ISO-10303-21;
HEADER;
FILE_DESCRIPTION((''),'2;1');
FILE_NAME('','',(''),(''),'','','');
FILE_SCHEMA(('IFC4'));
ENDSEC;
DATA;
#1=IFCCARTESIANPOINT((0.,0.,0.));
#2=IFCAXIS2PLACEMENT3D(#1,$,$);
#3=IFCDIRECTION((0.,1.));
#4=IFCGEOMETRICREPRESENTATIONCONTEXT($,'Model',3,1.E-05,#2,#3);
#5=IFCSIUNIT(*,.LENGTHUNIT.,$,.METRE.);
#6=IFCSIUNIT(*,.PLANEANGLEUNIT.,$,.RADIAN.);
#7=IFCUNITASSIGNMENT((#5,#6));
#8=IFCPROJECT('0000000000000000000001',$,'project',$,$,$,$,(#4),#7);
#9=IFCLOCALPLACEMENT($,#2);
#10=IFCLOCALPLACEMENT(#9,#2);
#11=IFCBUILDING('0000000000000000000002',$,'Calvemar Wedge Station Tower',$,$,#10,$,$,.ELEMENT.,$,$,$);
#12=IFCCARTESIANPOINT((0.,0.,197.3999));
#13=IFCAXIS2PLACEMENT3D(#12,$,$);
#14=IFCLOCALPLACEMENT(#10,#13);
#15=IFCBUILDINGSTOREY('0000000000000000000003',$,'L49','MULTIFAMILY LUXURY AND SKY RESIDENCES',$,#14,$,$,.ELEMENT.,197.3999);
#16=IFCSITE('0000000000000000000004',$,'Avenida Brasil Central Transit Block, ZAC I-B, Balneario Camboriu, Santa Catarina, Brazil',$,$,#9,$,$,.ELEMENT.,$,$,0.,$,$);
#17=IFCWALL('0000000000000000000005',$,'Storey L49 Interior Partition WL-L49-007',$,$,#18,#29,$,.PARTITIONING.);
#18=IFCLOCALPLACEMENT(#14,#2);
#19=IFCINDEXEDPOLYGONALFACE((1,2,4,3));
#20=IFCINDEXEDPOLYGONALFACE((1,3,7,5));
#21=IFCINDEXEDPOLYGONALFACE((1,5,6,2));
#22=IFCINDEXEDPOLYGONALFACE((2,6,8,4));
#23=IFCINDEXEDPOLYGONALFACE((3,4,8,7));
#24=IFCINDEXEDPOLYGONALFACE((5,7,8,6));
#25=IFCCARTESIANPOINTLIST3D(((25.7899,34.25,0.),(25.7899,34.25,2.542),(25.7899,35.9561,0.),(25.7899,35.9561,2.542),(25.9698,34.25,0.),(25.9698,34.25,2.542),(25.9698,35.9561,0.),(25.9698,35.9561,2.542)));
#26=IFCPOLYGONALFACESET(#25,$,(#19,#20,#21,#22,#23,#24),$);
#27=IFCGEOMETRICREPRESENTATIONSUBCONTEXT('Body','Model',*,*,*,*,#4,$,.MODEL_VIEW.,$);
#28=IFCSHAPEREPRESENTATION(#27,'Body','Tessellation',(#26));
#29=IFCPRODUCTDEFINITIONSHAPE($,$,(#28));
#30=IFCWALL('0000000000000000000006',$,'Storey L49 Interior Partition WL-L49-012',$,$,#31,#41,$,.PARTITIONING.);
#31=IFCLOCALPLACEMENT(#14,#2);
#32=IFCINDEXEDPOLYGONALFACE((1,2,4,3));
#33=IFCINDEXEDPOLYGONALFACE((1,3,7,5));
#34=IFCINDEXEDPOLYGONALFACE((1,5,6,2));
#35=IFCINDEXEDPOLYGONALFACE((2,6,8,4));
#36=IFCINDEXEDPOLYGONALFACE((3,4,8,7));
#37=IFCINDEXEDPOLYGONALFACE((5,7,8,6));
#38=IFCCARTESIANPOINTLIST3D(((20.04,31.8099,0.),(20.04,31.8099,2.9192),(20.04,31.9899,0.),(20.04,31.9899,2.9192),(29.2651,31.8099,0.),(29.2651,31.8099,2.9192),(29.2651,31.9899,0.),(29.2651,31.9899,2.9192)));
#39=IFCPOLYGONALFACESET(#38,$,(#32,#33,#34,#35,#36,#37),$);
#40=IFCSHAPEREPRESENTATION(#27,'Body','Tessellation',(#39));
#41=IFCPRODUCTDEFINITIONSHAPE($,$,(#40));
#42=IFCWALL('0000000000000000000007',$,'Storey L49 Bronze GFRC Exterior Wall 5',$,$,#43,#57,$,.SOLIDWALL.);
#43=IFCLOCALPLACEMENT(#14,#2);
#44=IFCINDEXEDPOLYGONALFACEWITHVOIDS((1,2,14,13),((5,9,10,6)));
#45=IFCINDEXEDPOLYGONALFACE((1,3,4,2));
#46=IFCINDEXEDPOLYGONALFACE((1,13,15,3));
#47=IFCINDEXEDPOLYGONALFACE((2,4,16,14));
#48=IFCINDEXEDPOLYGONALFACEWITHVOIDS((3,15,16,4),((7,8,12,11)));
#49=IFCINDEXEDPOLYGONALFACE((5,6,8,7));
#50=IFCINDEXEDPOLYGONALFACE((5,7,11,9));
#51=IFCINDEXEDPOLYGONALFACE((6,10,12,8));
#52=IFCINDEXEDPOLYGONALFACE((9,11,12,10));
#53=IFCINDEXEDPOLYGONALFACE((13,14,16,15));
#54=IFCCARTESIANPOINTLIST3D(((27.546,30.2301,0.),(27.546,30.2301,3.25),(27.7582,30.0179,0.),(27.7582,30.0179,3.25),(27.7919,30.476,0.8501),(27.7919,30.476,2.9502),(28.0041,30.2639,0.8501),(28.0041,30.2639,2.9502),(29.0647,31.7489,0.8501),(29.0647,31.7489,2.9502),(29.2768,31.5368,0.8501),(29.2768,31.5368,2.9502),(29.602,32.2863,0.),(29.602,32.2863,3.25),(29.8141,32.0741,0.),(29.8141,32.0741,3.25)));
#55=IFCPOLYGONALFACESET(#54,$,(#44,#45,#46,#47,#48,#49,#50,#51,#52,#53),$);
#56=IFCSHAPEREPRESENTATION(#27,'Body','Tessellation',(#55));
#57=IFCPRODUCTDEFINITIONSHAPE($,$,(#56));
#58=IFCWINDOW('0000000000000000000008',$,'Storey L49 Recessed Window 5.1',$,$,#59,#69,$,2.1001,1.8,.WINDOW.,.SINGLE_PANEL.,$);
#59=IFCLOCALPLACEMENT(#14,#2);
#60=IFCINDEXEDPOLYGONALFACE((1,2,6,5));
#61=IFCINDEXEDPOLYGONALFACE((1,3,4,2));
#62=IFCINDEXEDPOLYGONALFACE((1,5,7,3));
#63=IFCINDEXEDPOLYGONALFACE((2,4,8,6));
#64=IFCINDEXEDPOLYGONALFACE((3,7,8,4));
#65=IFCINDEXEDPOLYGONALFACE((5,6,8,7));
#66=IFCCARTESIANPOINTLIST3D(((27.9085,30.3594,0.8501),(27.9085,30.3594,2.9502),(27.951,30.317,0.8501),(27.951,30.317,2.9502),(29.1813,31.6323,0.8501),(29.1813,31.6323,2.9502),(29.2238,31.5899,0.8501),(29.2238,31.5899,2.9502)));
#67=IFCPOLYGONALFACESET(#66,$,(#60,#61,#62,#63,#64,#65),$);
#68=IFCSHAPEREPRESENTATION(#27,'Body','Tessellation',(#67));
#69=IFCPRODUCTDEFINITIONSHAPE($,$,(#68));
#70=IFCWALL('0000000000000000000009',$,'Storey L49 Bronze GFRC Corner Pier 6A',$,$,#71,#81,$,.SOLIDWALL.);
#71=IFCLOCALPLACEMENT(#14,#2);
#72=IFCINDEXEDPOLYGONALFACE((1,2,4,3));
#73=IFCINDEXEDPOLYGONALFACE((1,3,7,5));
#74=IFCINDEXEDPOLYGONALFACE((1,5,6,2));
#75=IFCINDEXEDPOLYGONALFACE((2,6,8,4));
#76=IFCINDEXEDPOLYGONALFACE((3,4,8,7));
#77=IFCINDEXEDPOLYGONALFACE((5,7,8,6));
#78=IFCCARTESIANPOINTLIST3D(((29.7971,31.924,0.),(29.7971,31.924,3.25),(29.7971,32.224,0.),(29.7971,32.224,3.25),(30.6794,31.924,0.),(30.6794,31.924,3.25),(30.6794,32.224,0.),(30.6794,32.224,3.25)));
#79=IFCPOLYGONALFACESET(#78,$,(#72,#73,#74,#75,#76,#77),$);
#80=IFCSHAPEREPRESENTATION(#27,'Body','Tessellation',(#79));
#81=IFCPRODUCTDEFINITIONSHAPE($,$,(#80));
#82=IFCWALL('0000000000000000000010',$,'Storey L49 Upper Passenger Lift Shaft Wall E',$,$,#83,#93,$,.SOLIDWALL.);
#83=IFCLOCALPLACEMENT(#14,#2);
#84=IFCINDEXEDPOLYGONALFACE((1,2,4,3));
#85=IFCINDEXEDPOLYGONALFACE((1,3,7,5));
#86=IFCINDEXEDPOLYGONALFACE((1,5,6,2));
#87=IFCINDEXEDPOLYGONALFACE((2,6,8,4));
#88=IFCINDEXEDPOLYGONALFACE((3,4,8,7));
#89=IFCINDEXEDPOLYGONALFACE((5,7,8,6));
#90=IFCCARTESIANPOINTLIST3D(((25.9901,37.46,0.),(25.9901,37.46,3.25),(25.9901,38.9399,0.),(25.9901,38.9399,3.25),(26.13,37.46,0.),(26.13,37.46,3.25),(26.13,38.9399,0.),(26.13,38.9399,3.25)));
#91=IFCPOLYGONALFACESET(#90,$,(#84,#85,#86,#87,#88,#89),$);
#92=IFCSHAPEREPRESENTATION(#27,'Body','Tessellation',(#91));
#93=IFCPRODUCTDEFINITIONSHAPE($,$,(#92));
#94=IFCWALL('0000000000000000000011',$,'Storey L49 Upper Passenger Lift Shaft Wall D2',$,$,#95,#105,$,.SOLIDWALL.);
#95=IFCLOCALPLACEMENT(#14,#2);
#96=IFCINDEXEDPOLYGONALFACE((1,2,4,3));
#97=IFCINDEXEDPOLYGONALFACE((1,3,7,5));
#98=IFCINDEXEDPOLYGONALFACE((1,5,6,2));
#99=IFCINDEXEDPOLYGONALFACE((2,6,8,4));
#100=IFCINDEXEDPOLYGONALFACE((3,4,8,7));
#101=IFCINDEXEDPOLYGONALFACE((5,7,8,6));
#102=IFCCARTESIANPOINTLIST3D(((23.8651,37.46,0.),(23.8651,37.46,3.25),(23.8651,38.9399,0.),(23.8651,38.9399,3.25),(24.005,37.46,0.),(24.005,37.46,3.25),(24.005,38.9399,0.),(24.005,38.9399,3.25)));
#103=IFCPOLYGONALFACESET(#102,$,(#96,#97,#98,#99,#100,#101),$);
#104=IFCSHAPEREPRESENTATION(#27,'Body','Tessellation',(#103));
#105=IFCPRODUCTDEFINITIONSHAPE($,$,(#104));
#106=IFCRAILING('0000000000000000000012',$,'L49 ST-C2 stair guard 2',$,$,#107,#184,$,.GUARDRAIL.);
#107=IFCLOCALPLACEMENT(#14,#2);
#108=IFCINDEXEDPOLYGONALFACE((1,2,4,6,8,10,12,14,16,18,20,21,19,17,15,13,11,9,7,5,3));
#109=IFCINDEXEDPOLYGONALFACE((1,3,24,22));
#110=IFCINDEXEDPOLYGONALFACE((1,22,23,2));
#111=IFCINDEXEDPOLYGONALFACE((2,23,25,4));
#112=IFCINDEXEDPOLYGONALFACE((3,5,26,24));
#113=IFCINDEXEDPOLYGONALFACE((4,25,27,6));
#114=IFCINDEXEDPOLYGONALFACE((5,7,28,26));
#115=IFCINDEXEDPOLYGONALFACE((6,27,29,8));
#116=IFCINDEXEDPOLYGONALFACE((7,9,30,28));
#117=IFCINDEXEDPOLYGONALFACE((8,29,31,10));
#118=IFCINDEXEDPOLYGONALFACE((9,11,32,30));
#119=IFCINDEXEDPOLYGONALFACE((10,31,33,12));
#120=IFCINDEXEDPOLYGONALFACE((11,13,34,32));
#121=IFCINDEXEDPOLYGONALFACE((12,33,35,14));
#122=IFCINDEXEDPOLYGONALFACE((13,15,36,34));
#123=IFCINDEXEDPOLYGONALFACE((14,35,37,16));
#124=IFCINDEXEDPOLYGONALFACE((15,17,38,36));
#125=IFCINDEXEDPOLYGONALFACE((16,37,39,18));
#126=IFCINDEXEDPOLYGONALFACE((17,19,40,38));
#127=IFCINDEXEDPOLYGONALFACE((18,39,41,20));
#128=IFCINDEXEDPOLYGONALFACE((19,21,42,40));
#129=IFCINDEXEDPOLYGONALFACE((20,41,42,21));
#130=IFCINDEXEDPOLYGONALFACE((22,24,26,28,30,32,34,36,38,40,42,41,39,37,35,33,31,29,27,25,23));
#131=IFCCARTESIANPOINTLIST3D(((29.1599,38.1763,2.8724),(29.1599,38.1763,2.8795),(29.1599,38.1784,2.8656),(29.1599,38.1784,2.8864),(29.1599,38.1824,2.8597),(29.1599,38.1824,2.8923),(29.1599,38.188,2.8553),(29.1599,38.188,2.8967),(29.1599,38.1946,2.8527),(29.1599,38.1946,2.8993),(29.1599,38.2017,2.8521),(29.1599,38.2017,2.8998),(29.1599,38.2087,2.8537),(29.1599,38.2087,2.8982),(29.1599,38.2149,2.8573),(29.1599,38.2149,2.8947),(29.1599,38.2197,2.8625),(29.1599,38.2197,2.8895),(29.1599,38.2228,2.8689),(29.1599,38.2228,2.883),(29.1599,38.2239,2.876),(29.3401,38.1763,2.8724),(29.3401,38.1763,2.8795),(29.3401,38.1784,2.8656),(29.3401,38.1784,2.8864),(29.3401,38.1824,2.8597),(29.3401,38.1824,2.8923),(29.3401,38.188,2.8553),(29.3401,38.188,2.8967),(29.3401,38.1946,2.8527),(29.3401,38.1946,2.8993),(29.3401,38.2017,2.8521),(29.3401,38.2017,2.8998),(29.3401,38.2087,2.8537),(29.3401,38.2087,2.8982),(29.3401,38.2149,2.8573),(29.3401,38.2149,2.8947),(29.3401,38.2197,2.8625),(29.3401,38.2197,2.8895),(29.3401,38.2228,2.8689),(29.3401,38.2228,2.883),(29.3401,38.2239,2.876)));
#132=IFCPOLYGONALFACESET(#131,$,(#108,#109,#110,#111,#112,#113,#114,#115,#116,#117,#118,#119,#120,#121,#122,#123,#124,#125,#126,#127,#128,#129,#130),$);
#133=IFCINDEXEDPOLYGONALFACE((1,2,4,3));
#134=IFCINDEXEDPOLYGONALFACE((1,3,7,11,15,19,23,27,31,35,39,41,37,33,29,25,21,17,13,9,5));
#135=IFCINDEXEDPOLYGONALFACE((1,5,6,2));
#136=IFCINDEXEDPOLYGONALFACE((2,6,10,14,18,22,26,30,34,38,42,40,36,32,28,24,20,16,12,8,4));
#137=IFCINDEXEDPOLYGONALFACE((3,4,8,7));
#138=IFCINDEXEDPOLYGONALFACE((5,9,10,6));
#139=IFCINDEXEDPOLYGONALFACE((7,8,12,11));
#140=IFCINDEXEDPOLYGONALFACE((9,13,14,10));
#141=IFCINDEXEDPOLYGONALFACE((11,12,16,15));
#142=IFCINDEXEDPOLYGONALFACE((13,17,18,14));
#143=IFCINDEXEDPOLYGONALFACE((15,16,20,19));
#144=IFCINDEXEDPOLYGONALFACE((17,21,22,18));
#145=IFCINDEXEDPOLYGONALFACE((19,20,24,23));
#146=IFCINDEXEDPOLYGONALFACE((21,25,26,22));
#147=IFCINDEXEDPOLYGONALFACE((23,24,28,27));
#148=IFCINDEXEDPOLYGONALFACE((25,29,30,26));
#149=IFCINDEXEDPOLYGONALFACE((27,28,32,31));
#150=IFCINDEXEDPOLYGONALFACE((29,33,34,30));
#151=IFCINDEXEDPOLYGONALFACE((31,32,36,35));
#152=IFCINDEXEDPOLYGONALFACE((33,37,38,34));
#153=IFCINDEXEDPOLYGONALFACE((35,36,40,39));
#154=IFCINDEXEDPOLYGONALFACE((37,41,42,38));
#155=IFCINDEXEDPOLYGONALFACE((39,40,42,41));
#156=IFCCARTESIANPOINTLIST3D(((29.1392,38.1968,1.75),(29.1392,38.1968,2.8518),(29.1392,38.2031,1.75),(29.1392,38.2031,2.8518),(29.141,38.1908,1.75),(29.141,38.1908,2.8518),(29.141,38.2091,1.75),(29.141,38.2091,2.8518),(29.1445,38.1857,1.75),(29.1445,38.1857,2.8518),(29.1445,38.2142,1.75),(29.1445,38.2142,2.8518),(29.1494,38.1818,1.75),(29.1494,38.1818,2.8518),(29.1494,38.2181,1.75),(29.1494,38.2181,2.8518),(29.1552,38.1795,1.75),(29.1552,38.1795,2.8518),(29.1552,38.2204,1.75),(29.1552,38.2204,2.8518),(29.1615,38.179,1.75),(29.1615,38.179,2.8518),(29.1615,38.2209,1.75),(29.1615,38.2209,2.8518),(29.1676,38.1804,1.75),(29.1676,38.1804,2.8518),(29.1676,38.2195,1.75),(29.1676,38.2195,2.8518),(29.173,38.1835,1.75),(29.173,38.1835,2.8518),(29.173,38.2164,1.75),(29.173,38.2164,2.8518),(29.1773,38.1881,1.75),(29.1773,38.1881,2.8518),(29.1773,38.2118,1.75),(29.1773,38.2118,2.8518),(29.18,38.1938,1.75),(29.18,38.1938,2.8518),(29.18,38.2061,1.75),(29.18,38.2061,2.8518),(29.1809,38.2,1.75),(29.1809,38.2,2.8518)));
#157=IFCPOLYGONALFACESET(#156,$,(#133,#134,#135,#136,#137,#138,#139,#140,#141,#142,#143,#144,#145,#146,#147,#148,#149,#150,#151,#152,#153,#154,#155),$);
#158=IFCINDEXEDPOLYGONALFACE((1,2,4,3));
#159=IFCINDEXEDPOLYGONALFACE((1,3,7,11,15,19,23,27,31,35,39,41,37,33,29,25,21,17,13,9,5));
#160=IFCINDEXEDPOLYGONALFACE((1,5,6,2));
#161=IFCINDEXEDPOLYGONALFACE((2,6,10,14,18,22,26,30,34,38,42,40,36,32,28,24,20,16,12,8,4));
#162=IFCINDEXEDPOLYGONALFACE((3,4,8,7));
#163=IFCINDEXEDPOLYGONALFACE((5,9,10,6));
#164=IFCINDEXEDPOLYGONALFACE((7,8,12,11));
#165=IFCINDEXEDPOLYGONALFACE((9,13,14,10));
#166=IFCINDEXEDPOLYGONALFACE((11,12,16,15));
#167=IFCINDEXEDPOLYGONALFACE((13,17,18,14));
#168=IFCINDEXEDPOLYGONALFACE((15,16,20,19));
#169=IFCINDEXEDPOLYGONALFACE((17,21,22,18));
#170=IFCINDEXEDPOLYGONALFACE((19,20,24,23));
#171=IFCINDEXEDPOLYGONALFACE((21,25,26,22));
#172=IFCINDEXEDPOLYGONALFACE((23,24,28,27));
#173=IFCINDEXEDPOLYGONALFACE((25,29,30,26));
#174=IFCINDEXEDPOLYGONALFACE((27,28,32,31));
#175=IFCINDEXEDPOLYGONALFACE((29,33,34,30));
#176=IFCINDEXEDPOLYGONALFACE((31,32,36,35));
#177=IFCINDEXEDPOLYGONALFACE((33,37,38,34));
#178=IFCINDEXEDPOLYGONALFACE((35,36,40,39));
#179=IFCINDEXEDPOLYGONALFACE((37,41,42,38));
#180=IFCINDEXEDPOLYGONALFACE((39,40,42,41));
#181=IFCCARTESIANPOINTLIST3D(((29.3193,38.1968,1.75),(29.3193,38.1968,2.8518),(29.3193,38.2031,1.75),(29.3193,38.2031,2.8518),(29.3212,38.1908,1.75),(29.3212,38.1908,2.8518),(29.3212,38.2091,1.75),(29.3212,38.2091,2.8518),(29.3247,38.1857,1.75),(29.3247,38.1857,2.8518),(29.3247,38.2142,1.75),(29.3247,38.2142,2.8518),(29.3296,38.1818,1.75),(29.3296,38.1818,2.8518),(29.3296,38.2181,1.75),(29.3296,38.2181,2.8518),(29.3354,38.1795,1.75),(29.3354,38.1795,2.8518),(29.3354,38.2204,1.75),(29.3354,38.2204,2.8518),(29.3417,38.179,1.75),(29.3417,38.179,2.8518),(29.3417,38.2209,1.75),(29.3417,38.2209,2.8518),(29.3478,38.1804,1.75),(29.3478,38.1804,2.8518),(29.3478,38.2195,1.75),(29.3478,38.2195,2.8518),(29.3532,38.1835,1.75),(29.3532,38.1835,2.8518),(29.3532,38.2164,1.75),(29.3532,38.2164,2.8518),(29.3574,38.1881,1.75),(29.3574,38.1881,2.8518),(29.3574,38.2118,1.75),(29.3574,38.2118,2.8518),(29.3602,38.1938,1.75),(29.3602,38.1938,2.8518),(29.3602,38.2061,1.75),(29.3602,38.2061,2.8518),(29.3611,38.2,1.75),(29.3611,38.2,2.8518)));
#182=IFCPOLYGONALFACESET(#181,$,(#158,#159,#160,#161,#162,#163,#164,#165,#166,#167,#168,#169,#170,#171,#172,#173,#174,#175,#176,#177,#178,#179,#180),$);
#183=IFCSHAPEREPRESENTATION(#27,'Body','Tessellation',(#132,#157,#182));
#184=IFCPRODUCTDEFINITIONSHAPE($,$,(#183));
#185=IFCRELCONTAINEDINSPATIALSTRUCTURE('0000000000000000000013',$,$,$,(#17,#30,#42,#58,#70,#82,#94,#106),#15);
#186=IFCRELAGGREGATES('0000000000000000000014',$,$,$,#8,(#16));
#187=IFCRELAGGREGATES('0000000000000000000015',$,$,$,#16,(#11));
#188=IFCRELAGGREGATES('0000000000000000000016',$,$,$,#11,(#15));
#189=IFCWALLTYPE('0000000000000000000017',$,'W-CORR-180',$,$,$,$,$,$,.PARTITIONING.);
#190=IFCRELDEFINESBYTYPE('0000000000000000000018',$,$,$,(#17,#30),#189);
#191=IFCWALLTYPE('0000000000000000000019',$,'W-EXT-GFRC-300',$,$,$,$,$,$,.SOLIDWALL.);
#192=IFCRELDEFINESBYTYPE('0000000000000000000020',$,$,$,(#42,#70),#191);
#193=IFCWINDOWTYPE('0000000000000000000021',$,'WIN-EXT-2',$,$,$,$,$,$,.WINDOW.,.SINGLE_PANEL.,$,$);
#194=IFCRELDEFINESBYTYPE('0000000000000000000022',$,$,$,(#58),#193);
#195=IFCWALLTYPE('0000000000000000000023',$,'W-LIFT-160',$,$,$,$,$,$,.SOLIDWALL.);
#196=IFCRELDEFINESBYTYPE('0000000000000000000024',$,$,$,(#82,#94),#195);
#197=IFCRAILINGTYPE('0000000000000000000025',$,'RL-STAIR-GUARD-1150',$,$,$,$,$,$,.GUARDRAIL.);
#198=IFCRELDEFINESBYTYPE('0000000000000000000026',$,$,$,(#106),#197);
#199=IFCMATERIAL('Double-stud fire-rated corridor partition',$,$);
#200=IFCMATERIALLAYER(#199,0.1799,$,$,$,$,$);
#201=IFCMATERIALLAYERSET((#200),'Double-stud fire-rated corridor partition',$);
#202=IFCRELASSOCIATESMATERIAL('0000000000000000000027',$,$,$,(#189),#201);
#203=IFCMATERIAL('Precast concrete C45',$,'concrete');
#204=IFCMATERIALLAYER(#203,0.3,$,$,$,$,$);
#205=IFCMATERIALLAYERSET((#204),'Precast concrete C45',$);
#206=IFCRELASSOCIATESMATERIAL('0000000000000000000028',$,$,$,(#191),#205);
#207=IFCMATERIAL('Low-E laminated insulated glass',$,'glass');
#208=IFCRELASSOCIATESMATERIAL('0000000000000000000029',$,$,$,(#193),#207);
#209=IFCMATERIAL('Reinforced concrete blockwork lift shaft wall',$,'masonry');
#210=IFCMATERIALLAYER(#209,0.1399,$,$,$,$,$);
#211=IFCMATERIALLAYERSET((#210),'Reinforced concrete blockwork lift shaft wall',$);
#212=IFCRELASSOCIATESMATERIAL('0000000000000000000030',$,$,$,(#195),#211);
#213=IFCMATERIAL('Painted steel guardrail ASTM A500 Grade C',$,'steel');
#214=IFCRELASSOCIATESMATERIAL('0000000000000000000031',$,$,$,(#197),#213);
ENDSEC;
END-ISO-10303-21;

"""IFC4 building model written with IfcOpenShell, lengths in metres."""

from ifc_helpers import new_model, si_unit, direction, frame, frame_2d, origin, origin_2d, place, context, subcontext, project, spatial, rectangle, circle, extrude, source, transform, mapped, material, layer, layer_set, type_object, element, fill, save


model = new_model("IFC4")

# Units and contexts
model_context = context("Model", 3, precision=1e-05, world=origin(), true_north=direction((0.0, 1.0)))
body_context = subcontext(model_context, "Body", "Model", "MODEL_VIEW")
ifc_project = project(units=[si_unit("LENGTHUNIT", "METRE"), si_unit("PLANEANGLEUNIT", "RADIAN")], contexts=[model_context])

# Site, building, storey
site_placement = place(None, origin())
site = spatial("IfcSite", under=ifc_project, at=site_placement, Name="Avenida Brasil Central Transit Block, ZAC I-B, Balneario Camboriu, Santa Catarina, Brazil", CompositionType="ELEMENT", RefElevation=0.0)
building_placement = place(site_placement, origin())
building = spatial("IfcBuilding", under=site, at=building_placement, Name="Calvemar Wedge Station Tower", CompositionType="ELEMENT")
storey_placement = place(building_placement, frame((0.0, 0.0, 197.3999)))
storey = spatial("IfcBuildingStorey", under=building, at=storey_placement, Name="L49", Description="MULTIFAMILY LUXURY AND SKY RESIDENCES", CompositionType="ELEMENT", Elevation=197.3999)

# Walls
ifc_material_1 = material(Name="Double-stud fire-rated corridor partition")
ifc_layer_1 = layer(ifc_material_1, 0.1799)
ifc_layer_set_1 = layer_set([ifc_layer_1], Name="Double-stud fire-rated corridor partition")
wall_type_1 = type_object("IfcWallType", Name="W-CORR-180", PredefinedType="PARTITIONING", material=ifc_layer_set_1)
wall_1_placement = place(storey_placement, frame((25.8799, 35.9561, 0.0), z_axis=(0.0, 0.0, 1.0), x_axis=(0.0, -1.0, 0.0)))
element("IfcWall", 1, at=wall_1_placement, inside=storey, type_object=wall_type_1, Name="Storey L49 Interior Partition WL-L49-007", PredefinedType="PARTITIONING", context=body_context, shape_type="SweptSolid", body=[
    extrude(rectangle(XDim=1.7061, YDim=0.1799, at=frame_2d((0.853, 0.0))), origin(), (0.0, 0.0, 1.0), 2.542),
])
wall_2_placement = place(storey_placement, frame((29.2651, 31.8999, 0.0), z_axis=(0.0, 0.0, 1.0), x_axis=(-1.0, 0.0, 0.0)))
element("IfcWall", 2, at=wall_2_placement, inside=storey, type_object=wall_type_1, Name="Storey L49 Interior Partition WL-L49-012", PredefinedType="PARTITIONING", context=body_context, shape_type="SweptSolid", body=[
    extrude(rectangle(XDim=9.2251, YDim=0.1799, at=frame_2d((4.6125, 0.0))), origin(), (0.0, 0.0, 1.0), 2.9192),
])

# Wall, opening, window
ifc_material_2 = material(Name="Precast concrete C45", Category="concrete")
ifc_layer_2 = layer(ifc_material_2, 0.3)
ifc_layer_set_2 = layer_set([ifc_layer_2], Name="Precast concrete C45")
wall_type_2 = type_object("IfcWallType", Name="W-EXT-GFRC-300", PredefinedType="SOLIDWALL", material=ifc_layer_set_2)
wall_3_placement = place(storey_placement, frame((27.6521, 30.124, 0.0), z_axis=(0.0, 0.0, 1.0), x_axis=(0.707065, 0.707149, 0.0)))
wall_3 = element("IfcWall", 3, at=wall_3_placement, inside=storey, type_object=wall_type_2, Name="Storey L49 Bronze GFRC Exterior Wall 5", PredefinedType="SOLIDWALL", context=body_context, shape_type="SweptSolid", body=[
    extrude(rectangle(XDim=2.9077, YDim=0.3, at=frame_2d((1.4539, 0.0))), origin(), (0.0, 0.0, 1.0), 3.25),
])
shared_shape_1 = source(origin(), body_context, "Body", "SweptSolid", [
    extrude(rectangle(XDim=1.8, YDim=2.1001, at=frame_2d((0.8999, 1.05))), frame((0.0, 0.1602, 0.0), z_axis=(0.0, -1.0, 0.0), x_axis=(1.0, 0.0, 0.0)), (0.0, 0.0, 1.0), 0.3201),
])
opening_1_placement = place(wall_3_placement, frame((0.3479, 0.0, 0.8501)))
opening_1 = element("IfcOpeningElement", 4, at=opening_1_placement, cuts=wall_3, PredefinedType="OPENING", context=body_context, shape_type="MappedRepresentation", body=[
    mapped(shared_shape_1, transform((0.0, 0.0, 0.0), scale=1.0)),
])
ifc_material_3 = material(Name="Low-E laminated insulated glass", Category="glass")
window_type = type_object("IfcWindowType", Name="WIN-EXT-2", PartitioningType="SINGLE_PANEL", PredefinedType="WINDOW", material=ifc_material_3)
shared_shape_2 = source(origin(), body_context, "Body", "SweptSolid", [
    extrude(rectangle(XDim=1.8, YDim=2.1001, at=frame_2d((0.8999, 1.05))), frame((0.0, -0.0149, 0.0), z_axis=(0.0, -1.0, 0.0), x_axis=(1.0, 0.0, 0.0)), (0.0, 0.0, 1.0), 0.0601),
])
window_placement = place(opening_1_placement, origin())
window = element("IfcWindow", 5, at=window_placement, inside=storey, type_object=window_type, Name="Storey L49 Recessed Window 5.1", OverallHeight=2.1001, OverallWidth=1.8, PartitioningType="SINGLE_PANEL", PredefinedType="WINDOW", context=body_context, shape_type="MappedRepresentation", body=[
    mapped(shared_shape_2, transform((0.0, 0.0, 0.0), scale=1.0)),
])
fill(opening_1, window)

# Walls
wall_4_placement = place(storey_placement, frame((29.7971, 32.074, 0.0), z_axis=(0.0, 0.0, 1.0), x_axis=(1.0, 0.0, 0.0)))
element("IfcWall", 6, at=wall_4_placement, inside=storey, type_object=wall_type_2, Name="Storey L49 Bronze GFRC Corner Pier 6A", PredefinedType="SOLIDWALL", context=body_context, shape_type="SweptSolid", body=[
    extrude(rectangle(XDim=0.8823, YDim=0.3, at=frame_2d((0.4412, 0.0))), origin(), (0.0, 0.0, 1.0), 3.25),
])
ifc_material_4 = material(Name="Reinforced concrete blockwork lift shaft wall", Category="masonry")
ifc_layer_3 = layer(ifc_material_4, 0.1399)
ifc_layer_set_3 = layer_set([ifc_layer_3], Name="Reinforced concrete blockwork lift shaft wall")
wall_type_3 = type_object("IfcWallType", Name="W-LIFT-160", PredefinedType="SOLIDWALL", material=ifc_layer_set_3)
for number, where, z_axis, x_axis, name in (
    (7, (26.0601, 37.46, 0.0), (0.0, 0.0, 1.0), (0.0, 1.0, 0.0), "Storey L49 Upper Passenger Lift Shaft Wall E"),
    (8, (23.9351, 37.46, 0.0), (0.0, 0.0, 1.0), (0.0, 1.0, 0.0), "Storey L49 Upper Passenger Lift Shaft Wall D2"),
):
    element("IfcWall", number, at=place(storey_placement, frame(where, z_axis=z_axis, x_axis=x_axis)), inside=storey, type_object=wall_type_3, Name=name, PredefinedType="SOLIDWALL", context=body_context, shape_type="SweptSolid", body=[
        extrude(rectangle(XDim=1.48, YDim=0.1399, at=frame_2d((0.74, 0.0))), origin(), (0.0, 0.0, 1.0), 3.25),
    ])

# Railing
ifc_material_5 = material(Name="Painted steel guardrail ASTM A500 Grade C", Category="steel")
railing_type = type_object("IfcRailingType", Name="RL-STAIR-GUARD-1150", PredefinedType="GUARDRAIL", material=ifc_material_5)
railing_placement = place(storey_placement, frame((29.1599, 38.2, 1.75)))
element("IfcRailing", 9, at=railing_placement, inside=storey, type_object=railing_type, Name="L49 ST-C2 stair guard 2", PredefinedType="GUARDRAIL", context=body_context, shape_type="SweptSolid", body=[
    extrude(circle(Radius=0.0239, at=origin_2d()), frame((0.0, 0.0, 1.126), z_axis=(1.0, 0.0, 0.0), x_axis=(0.0, 1.0, 0.0)), (0.0, 0.0, 1.0), 0.1802),
    extrude(circle(Radius=0.021, at=origin_2d()), origin(), (0.0, 0.0, 1.0), 1.1018),
    extrude(circle(Radius=0.021, at=origin_2d()), frame((0.1802, 0.0, 0.0)), (0.0, 0.0, 1.0), 1.1018),
])

save(model, "model.ifc")
